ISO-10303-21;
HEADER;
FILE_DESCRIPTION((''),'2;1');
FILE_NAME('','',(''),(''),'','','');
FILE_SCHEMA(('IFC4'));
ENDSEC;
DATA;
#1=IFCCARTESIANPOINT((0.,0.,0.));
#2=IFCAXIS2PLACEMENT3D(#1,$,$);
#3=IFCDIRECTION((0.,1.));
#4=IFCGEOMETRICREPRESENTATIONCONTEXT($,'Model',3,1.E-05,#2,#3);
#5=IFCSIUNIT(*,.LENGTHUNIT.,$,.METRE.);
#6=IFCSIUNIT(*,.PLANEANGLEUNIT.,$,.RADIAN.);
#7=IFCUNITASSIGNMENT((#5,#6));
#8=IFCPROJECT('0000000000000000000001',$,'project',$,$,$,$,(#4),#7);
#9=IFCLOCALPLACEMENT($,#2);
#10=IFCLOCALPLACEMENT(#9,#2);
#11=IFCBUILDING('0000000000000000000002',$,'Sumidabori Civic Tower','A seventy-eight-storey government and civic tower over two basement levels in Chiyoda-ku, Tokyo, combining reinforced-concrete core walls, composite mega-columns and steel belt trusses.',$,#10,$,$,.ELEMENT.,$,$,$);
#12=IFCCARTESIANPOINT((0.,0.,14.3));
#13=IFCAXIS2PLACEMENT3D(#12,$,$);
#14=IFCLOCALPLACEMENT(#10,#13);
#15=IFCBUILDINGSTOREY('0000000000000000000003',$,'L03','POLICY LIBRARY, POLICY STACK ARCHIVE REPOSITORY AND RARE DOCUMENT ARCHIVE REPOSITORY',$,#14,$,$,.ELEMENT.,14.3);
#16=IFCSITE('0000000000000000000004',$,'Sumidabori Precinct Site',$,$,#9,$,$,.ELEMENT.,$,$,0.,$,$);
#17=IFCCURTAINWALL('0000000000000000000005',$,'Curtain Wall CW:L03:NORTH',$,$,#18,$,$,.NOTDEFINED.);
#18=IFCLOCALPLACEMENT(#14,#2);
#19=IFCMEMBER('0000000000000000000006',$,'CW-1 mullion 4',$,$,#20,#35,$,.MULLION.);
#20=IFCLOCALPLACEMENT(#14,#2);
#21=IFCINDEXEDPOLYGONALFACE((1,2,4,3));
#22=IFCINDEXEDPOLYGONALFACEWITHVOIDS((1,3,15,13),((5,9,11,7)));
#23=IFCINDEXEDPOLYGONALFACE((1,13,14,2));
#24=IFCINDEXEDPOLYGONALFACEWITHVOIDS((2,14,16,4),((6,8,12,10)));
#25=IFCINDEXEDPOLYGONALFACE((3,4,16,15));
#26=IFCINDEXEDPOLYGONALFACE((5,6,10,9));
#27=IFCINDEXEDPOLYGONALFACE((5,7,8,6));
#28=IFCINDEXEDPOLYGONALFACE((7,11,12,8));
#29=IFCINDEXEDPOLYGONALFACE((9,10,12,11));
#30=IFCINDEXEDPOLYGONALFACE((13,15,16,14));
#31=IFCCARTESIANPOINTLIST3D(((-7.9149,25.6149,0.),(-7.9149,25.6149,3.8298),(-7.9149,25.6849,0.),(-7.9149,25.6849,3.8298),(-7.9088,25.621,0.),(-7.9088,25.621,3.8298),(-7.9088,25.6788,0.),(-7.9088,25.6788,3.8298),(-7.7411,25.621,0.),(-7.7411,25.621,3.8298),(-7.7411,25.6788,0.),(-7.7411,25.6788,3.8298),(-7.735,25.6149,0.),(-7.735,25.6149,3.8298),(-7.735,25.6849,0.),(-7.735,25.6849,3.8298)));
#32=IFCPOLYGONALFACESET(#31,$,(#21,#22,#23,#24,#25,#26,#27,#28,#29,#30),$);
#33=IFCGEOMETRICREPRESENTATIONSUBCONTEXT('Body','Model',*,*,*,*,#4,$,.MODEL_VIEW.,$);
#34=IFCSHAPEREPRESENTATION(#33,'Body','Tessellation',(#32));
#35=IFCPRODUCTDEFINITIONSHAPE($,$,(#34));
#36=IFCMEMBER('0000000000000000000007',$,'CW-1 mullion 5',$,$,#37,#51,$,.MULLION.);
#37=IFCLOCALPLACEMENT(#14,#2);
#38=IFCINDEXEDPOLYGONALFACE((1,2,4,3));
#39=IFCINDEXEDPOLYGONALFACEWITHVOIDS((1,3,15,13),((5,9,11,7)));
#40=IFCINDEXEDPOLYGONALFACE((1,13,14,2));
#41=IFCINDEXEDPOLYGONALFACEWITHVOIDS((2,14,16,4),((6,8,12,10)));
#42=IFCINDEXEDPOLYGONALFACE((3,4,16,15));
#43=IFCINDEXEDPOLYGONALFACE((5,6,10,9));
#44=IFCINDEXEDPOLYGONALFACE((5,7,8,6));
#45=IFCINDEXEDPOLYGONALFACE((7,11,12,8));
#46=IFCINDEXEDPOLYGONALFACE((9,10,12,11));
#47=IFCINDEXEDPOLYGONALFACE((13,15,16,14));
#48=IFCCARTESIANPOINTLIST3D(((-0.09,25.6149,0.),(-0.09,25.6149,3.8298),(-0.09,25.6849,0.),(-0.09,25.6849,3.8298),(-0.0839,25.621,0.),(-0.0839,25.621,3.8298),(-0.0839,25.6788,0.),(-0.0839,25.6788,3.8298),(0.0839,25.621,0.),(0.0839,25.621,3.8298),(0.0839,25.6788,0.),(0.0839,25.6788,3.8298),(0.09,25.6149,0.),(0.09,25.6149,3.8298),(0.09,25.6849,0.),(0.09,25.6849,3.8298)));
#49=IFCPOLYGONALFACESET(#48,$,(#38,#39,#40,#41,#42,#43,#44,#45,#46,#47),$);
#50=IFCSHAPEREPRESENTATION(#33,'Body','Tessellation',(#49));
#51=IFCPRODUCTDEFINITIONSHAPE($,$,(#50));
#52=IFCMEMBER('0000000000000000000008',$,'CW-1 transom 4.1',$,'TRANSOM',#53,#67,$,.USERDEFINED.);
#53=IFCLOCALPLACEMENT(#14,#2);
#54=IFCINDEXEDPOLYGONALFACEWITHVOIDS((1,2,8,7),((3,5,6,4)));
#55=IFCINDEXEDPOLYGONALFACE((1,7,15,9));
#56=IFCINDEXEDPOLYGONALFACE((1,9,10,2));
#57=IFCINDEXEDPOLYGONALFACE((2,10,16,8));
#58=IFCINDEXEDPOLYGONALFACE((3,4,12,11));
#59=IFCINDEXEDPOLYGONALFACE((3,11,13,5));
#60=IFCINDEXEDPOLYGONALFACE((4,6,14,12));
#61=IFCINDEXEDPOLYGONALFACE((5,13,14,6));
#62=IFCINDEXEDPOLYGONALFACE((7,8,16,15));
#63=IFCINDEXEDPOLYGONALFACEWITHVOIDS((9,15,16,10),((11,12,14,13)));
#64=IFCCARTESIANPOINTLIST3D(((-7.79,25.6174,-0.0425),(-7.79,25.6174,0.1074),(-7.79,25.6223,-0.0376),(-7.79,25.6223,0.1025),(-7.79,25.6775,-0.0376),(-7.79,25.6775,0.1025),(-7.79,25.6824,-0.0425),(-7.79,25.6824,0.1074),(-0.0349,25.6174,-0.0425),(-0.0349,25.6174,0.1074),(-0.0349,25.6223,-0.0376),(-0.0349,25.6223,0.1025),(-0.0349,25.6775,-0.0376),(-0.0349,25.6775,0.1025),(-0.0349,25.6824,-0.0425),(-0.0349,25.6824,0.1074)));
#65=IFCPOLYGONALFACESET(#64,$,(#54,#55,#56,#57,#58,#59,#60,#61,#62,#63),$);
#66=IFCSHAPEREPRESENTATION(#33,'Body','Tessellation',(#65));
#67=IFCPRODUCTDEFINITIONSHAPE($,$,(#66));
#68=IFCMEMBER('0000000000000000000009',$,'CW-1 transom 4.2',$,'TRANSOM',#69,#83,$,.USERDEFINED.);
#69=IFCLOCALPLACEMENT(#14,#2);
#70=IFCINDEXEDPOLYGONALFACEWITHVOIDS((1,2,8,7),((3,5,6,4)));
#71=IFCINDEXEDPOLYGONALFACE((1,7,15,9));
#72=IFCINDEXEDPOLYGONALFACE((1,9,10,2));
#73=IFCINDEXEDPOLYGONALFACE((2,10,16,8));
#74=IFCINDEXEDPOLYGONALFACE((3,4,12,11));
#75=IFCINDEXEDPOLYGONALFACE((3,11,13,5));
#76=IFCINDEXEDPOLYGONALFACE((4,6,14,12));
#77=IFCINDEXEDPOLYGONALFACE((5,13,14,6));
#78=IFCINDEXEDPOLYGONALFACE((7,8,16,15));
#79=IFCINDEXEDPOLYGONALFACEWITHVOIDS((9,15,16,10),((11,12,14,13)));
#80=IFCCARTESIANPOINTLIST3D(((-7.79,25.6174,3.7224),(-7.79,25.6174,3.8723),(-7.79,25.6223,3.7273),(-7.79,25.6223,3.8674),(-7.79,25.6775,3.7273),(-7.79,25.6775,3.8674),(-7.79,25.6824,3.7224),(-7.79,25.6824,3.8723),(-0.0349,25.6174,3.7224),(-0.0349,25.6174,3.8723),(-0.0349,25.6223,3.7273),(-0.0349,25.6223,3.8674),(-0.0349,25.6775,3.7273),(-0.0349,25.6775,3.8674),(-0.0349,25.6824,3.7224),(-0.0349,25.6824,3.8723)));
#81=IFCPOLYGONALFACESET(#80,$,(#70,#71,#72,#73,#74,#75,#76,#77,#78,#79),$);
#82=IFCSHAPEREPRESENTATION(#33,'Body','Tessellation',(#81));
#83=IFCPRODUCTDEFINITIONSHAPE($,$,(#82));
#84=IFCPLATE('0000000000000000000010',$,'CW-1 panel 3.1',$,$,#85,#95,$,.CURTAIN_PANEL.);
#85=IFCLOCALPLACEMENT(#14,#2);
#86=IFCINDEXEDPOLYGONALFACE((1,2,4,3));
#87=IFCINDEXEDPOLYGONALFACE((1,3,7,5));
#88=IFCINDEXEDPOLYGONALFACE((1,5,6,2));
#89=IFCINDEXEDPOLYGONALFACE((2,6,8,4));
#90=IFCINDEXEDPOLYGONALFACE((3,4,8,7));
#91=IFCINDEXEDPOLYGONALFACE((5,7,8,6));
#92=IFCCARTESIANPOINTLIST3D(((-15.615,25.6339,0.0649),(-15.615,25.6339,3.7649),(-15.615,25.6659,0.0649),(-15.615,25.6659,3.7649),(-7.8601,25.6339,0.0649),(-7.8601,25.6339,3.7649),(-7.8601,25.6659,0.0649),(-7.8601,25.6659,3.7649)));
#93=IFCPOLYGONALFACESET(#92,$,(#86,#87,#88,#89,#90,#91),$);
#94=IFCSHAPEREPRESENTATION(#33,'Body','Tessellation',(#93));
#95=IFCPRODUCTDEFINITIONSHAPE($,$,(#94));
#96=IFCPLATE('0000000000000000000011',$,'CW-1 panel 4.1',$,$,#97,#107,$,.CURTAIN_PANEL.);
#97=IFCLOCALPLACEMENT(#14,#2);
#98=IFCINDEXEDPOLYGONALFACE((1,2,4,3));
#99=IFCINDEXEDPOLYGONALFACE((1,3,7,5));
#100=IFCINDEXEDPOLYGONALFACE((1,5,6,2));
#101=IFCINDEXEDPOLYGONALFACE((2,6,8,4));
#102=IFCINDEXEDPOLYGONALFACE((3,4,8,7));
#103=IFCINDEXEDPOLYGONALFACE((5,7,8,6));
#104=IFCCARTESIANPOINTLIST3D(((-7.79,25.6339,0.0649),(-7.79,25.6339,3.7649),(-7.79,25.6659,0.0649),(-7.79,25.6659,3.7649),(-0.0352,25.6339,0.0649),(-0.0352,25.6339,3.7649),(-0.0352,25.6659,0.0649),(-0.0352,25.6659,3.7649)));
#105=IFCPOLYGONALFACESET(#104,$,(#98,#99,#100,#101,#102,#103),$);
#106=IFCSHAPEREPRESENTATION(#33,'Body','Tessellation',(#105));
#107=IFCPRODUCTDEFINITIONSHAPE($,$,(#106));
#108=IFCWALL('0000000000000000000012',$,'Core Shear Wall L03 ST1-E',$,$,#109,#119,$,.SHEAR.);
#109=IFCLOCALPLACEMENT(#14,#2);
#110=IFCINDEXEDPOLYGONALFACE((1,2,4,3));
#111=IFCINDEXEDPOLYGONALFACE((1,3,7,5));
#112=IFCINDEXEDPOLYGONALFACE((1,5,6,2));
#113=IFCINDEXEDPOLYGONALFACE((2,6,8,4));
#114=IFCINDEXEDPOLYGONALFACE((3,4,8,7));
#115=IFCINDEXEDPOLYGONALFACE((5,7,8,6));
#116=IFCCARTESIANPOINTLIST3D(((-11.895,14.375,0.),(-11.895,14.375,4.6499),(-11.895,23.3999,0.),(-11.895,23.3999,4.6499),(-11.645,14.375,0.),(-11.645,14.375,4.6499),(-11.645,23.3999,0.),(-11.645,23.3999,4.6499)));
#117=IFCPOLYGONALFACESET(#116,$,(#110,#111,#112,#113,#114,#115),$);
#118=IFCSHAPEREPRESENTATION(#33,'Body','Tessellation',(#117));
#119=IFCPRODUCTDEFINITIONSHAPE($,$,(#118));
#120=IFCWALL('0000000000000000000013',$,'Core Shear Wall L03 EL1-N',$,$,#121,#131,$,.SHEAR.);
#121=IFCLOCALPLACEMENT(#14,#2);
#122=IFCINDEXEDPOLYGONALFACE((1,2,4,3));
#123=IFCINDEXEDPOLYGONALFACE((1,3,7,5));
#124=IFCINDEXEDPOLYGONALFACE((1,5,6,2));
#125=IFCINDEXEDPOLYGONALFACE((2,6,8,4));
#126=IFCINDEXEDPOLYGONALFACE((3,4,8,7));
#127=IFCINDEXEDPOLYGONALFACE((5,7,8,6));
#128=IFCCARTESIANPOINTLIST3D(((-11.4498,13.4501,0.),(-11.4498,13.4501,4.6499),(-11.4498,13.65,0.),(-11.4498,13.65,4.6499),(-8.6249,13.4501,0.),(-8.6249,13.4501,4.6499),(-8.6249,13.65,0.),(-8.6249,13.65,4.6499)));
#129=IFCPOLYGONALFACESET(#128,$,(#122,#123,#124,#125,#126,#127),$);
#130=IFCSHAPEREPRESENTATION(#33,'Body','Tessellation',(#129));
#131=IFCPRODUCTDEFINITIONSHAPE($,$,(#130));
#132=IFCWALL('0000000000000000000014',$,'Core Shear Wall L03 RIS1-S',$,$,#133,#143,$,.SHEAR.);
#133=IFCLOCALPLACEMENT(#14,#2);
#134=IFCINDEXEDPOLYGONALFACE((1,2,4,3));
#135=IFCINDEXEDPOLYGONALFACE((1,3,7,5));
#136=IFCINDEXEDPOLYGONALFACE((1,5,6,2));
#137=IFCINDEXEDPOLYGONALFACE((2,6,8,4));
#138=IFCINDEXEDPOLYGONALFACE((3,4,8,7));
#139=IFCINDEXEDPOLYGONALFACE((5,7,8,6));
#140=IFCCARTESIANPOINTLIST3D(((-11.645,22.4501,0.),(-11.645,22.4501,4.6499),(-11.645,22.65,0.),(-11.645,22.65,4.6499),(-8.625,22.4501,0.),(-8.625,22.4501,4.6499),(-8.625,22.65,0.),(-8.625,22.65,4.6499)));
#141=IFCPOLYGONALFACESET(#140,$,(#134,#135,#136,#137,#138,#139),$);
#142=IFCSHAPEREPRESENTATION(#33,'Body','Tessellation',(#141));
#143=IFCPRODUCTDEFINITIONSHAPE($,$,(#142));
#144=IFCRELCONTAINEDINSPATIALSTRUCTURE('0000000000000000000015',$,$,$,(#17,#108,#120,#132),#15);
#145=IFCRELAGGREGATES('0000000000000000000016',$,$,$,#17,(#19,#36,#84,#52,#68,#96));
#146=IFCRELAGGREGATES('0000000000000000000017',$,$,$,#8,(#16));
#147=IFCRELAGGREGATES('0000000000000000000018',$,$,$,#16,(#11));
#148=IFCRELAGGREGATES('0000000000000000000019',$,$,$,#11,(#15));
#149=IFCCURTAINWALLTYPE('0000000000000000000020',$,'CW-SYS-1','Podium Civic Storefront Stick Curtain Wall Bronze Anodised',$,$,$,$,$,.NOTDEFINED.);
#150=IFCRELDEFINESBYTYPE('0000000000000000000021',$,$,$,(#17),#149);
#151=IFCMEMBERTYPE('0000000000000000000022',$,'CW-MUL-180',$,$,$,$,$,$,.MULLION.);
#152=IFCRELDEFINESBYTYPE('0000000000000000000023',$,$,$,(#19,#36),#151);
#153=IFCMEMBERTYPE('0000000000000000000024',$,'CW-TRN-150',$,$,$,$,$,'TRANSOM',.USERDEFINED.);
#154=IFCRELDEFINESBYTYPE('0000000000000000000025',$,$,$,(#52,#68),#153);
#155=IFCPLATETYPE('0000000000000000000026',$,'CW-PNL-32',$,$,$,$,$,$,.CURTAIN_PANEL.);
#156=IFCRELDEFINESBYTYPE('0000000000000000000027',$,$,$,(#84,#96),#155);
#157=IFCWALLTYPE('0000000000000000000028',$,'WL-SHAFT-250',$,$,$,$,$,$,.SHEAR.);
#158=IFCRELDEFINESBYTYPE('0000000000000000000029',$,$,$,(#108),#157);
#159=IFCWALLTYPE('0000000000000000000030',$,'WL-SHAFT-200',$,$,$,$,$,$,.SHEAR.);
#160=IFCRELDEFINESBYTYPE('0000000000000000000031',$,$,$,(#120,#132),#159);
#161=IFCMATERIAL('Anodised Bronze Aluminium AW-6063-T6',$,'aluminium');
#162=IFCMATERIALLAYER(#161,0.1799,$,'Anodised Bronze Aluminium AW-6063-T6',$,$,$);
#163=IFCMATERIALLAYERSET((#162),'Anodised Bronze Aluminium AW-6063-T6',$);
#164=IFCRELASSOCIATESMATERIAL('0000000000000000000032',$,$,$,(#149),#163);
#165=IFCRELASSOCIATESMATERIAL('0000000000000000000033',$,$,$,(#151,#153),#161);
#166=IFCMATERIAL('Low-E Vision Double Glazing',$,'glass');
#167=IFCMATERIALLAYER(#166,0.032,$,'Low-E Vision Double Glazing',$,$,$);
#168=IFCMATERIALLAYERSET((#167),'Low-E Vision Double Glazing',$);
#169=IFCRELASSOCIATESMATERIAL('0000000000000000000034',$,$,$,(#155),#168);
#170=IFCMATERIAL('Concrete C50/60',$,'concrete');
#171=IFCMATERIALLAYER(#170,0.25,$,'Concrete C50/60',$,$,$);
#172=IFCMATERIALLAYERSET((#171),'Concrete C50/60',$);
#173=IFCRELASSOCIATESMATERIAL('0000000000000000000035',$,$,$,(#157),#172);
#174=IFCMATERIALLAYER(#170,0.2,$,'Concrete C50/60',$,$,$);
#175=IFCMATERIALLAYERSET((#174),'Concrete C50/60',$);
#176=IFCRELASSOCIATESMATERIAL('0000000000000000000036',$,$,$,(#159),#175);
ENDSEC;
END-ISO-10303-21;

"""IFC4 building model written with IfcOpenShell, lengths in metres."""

from ifc_helpers import new_model, si_unit, direction, frame, frame_2d, origin, origin_2d, place, context, subcontext, project, spatial, rectangle, hollow_rectangle, extrude, source, transform, mapped, material, layer, layer_set, material_profile, profile_set, type_object, element, aggregate, save


model = new_model("IFC4")

# Units and contexts
model_context = context("Model", 3, precision=1e-05, world=origin(), true_north=direction((0.0, 1.0)))
body_context = subcontext(model_context, "Body", "Model", "MODEL_VIEW")
ifc_project = project(units=[si_unit("LENGTHUNIT", "METRE"), si_unit("PLANEANGLEUNIT", "RADIAN")], contexts=[model_context])

# Site, building, storey
site_placement = place(None, origin())
site = spatial("IfcSite", under=ifc_project, at=site_placement, Name="Sumidabori Precinct Site", CompositionType="ELEMENT", RefElevation=0.0)
building_placement = place(site_placement, origin())
building = spatial("IfcBuilding", under=site, at=building_placement, Name="Sumidabori Civic Tower", Description="A seventy-eight-storey government and civic tower over two basement levels in Chiyoda-ku, Tokyo, combining reinforced-concrete core walls, composite mega-columns and steel belt trusses.", CompositionType="ELEMENT")
storey_placement = place(building_placement, frame((0.0, 0.0, 14.3)))
storey = spatial("IfcBuildingStorey", under=building, at=storey_placement, Name="L03", Description="POLICY LIBRARY, POLICY STACK ARCHIVE REPOSITORY AND RARE DOCUMENT ARCHIVE REPOSITORY", CompositionType="ELEMENT", Elevation=14.3)

# Curtain wall, members, plates
ifc_material_1 = material(Name="Anodised Bronze Aluminium AW-6063-T6", Category="aluminium")
ifc_layer_1 = layer(ifc_material_1, 0.1799, Name="Anodised Bronze Aluminium AW-6063-T6")
ifc_layer_set_1 = layer_set([ifc_layer_1], Name="Anodised Bronze Aluminium AW-6063-T6")
curtain_wall_type = type_object("IfcCurtainWallType", Name="CW-SYS-1", Description="Podium Civic Storefront Stick Curtain Wall Bronze Anodised", PredefinedType="NOTDEFINED", material=ifc_layer_set_1)
curtain_wall_placement = place(storey_placement, origin())
curtain_wall = element("IfcCurtainWall", 1, at=curtain_wall_placement, inside=storey, type_object=curtain_wall_type, Name="Curtain Wall CW:L03:NORTH", PredefinedType="NOTDEFINED")
ifc_material_profile_1 = material_profile(ifc_material_1, hollow_rectangle(XDim=0.0701, YDim=0.1799, WallThickness=0.0061, at=origin_2d()), Name="ALU MULLION 180x70")
ifc_profile_set_1 = profile_set([ifc_material_profile_1], Name="Anodised Bronze Aluminium AW-6063-T6")
member_type_1 = type_object("IfcMemberType", Name="CW-MUL-180", PredefinedType="MULLION", material=ifc_profile_set_1)
shared_shape_1 = source(origin(), body_context, "Body", "SweptSolid", [
    extrude(hollow_rectangle(XDim=0.0701, YDim=0.1799, WallThickness=0.0061, at=origin_2d()), origin(), (0.0, 0.0, 1.0), 3.8298),
])
member_1_placement = place(storey_placement, frame((-7.825, 25.6499, 0.0), z_axis=(0.0, 0.0, 1.0), x_axis=(0.0, 1.0, 0.0)))
member_1 = element("IfcMember", 2, at=member_1_placement, type_object=member_type_1, Name="CW-1 mullion 4", PredefinedType="MULLION", context=body_context, shape_type="MappedRepresentation", body=[
    mapped(shared_shape_1, transform((0.0, 0.0, 0.0), x_axis=(1.0, 0.0, 0.0), y_axis=(0.0, 1.0, 0.0), z_axis=(0.0, 0.0, 1.0), scale=1.0)),
])
member_2_placement = place(storey_placement, frame((0.0, 25.6499, 0.0), z_axis=(0.0, 0.0, 1.0), x_axis=(0.0, 1.0, 0.0)))
member_2 = element("IfcMember", 3, at=member_2_placement, type_object=member_type_1, Name="CW-1 mullion 5", PredefinedType="MULLION", context=body_context, shape_type="MappedRepresentation", body=[
    mapped(shared_shape_1, transform((0.0, 0.0, 0.0), x_axis=(1.0, 0.0, 0.0), y_axis=(0.0, 1.0, 0.0), z_axis=(0.0, 0.0, 1.0), scale=1.0)),
])
ifc_material_profile_2 = material_profile(ifc_material_1, hollow_rectangle(XDim=0.0649, YDim=0.1499, WallThickness=0.0049, at=origin_2d()), Name="ALU TRANSOM 150x65")
ifc_profile_set_2 = profile_set([ifc_material_profile_2], Name="Anodised Bronze Aluminium AW-6063-T6")
member_type_2 = type_object("IfcMemberType", Name="CW-TRN-150", ElementType="TRANSOM", PredefinedType="USERDEFINED", material=ifc_profile_set_2)
shared_shape_2 = source(origin(), body_context, "Body", "SweptSolid", [
    extrude(hollow_rectangle(XDim=0.0649, YDim=0.1499, WallThickness=0.0049, at=origin_2d()), origin(), (0.0, 0.0, 1.0), 7.7551),
])
member_3_placement = place(storey_placement, frame((-7.79, 25.6499, 0.0325), z_axis=(1.0, 0.0, 0.0), x_axis=(0.0, 1.0, 0.0)))
member_3 = element("IfcMember", 4, at=member_3_placement, type_object=member_type_2, Name="CW-1 transom 4.1", ObjectType="TRANSOM", PredefinedType="USERDEFINED", context=body_context, shape_type="MappedRepresentation", body=[
    mapped(shared_shape_2, transform((0.0, 0.0, 0.0), x_axis=(1.0, 0.0, 0.0), y_axis=(0.0, 1.0, 0.0), z_axis=(0.0, 0.0, 1.0), scale=1.0)),
])
member_4_placement = place(storey_placement, frame((-7.79, 25.6499, 3.7974), z_axis=(1.0, 0.0, 0.0), x_axis=(0.0, 1.0, 0.0)))
member_4 = element("IfcMember", 5, at=member_4_placement, type_object=member_type_2, Name="CW-1 transom 4.2", ObjectType="TRANSOM", PredefinedType="USERDEFINED", context=body_context, shape_type="MappedRepresentation", body=[
    mapped(shared_shape_2, transform((0.0, 0.0, 0.0), x_axis=(1.0, 0.0, 0.0), y_axis=(0.0, 1.0, 0.0), z_axis=(0.0, 0.0, 1.0), scale=1.0)),
])
ifc_material_2 = material(Name="Low-E Vision Double Glazing", Category="glass")
ifc_layer_2 = layer(ifc_material_2, 0.032, Name="Low-E Vision Double Glazing")
ifc_layer_set_2 = layer_set([ifc_layer_2], Name="Low-E Vision Double Glazing")
plate_type = type_object("IfcPlateType", Name="CW-PNL-32", PredefinedType="CURTAIN_PANEL", material=ifc_layer_set_2)
shared_shape_3 = source(origin(), body_context, "Body", "SweptSolid", [
    extrude(rectangle(XDim=7.7549, YDim=0.032, at=origin_2d()), origin(), (0.0, 0.0, 1.0), 3.7),
])
plate_1_placement = place(storey_placement, frame((-11.7375, 25.6499, 0.0649), z_axis=(0.0, 0.0, 1.0), x_axis=(1.0, 0.0, 0.0)))
plate_1 = element("IfcPlate", 6, at=plate_1_placement, type_object=plate_type, Name="CW-1 panel 3.1", PredefinedType="CURTAIN_PANEL", context=body_context, shape_type="MappedRepresentation", body=[
    mapped(shared_shape_3, transform((0.0, 0.0, 0.0), x_axis=(1.0, 0.0, 0.0), y_axis=(0.0, 1.0, 0.0), z_axis=(0.0, 0.0, 1.0), scale=1.0)),
])
plate_2_placement = place(storey_placement, frame((-3.9126, 25.6499, 0.0649), z_axis=(0.0, 0.0, 1.0), x_axis=(1.0, 0.0, 0.0)))
plate_2 = element("IfcPlate", 7, at=plate_2_placement, type_object=plate_type, Name="CW-1 panel 4.1", PredefinedType="CURTAIN_PANEL", context=body_context, shape_type="MappedRepresentation", body=[
    mapped(shared_shape_3, transform((0.0, 0.0, 0.0), x_axis=(1.0, 0.0, 0.0), y_axis=(0.0, 1.0, 0.0), z_axis=(0.0, 0.0, 1.0), scale=1.0)),
])
aggregate(curtain_wall, [member_1, member_2, plate_1, member_3, member_4, plate_2])

# Walls
ifc_material_3 = material(Name="Concrete C50/60", Category="concrete")
ifc_layer_3 = layer(ifc_material_3, 0.25, Name="Concrete C50/60")
ifc_layer_set_3 = layer_set([ifc_layer_3], Name="Concrete C50/60")
wall_type_1 = type_object("IfcWallType", Name="WL-SHAFT-250", PredefinedType="SHEAR", material=ifc_layer_set_3)
shared_shape_4 = source(origin(), body_context, "Body", "SweptSolid", [
    extrude(rectangle(XDim=9.0249, YDim=0.25, at=frame_2d((4.5125, 0.0))), origin(), (0.0, 0.0, 1.0), 4.6499),
])
wall_1_placement = place(storey_placement, frame((-11.77, 14.375, 0.0), z_axis=(0.0, 0.0, 1.0), x_axis=(0.0, 1.0, 0.0)))
element("IfcWall", 8, at=wall_1_placement, inside=storey, type_object=wall_type_1, Name="Core Shear Wall L03 ST1-E", PredefinedType="SHEAR", context=body_context, shape_type="MappedRepresentation", body=[
    mapped(shared_shape_4, transform((0.0, 0.0, 0.0), x_axis=(1.0, 0.0, 0.0), y_axis=(0.0, 1.0, 0.0), z_axis=(0.0, 0.0, 1.0), scale=1.0)),
])
ifc_layer_4 = layer(ifc_material_3, 0.2, Name="Concrete C50/60")
ifc_layer_set_4 = layer_set([ifc_layer_4], Name="Concrete C50/60")
wall_type_2 = type_object("IfcWallType", Name="WL-SHAFT-200", PredefinedType="SHEAR", material=ifc_layer_set_4)
shared_shape_5 = source(origin(), body_context, "Body", "SweptSolid", [
    extrude(rectangle(XDim=2.825, YDim=0.2, at=frame_2d((1.4126, 0.0))), origin(), (0.0, 0.0, 1.0), 4.6499),
])
wall_2_placement = place(storey_placement, frame((-11.45, 13.55, 0.0), z_axis=(0.0, 0.0, 1.0), x_axis=(1.0, 0.0, 0.0)))
element("IfcWall", 9, at=wall_2_placement, inside=storey, type_object=wall_type_2, Name="Core Shear Wall L03 EL1-N", PredefinedType="SHEAR", context=body_context, shape_type="MappedRepresentation", body=[
    mapped(shared_shape_5, transform((0.0, 0.0, 0.0), x_axis=(1.0, 0.0, 0.0), y_axis=(0.0, 1.0, 0.0), z_axis=(0.0, 0.0, 1.0), scale=1.0)),
])
shared_shape_6 = source(origin(), body_context, "Body", "SweptSolid", [
    extrude(rectangle(XDim=3.02, YDim=0.2, at=frame_2d((1.51, 0.0))), origin(), (0.0, 0.0, 1.0), 4.6499),
])
wall_3_placement = place(storey_placement, frame((-11.645, 22.55, 0.0), z_axis=(0.0, 0.0, 1.0), x_axis=(1.0, 0.0, 0.0)))
element("IfcWall", 10, at=wall_3_placement, inside=storey, type_object=wall_type_2, Name="Core Shear Wall L03 RIS1-S", PredefinedType="SHEAR", context=body_context, shape_type="MappedRepresentation", body=[
    mapped(shared_shape_6, transform((0.0, 0.0, 0.0), x_axis=(1.0, 0.0, 0.0), y_axis=(0.0, 1.0, 0.0), z_axis=(0.0, 0.0, 1.0), scale=1.0)),
])

save(model, "model.ifc")
